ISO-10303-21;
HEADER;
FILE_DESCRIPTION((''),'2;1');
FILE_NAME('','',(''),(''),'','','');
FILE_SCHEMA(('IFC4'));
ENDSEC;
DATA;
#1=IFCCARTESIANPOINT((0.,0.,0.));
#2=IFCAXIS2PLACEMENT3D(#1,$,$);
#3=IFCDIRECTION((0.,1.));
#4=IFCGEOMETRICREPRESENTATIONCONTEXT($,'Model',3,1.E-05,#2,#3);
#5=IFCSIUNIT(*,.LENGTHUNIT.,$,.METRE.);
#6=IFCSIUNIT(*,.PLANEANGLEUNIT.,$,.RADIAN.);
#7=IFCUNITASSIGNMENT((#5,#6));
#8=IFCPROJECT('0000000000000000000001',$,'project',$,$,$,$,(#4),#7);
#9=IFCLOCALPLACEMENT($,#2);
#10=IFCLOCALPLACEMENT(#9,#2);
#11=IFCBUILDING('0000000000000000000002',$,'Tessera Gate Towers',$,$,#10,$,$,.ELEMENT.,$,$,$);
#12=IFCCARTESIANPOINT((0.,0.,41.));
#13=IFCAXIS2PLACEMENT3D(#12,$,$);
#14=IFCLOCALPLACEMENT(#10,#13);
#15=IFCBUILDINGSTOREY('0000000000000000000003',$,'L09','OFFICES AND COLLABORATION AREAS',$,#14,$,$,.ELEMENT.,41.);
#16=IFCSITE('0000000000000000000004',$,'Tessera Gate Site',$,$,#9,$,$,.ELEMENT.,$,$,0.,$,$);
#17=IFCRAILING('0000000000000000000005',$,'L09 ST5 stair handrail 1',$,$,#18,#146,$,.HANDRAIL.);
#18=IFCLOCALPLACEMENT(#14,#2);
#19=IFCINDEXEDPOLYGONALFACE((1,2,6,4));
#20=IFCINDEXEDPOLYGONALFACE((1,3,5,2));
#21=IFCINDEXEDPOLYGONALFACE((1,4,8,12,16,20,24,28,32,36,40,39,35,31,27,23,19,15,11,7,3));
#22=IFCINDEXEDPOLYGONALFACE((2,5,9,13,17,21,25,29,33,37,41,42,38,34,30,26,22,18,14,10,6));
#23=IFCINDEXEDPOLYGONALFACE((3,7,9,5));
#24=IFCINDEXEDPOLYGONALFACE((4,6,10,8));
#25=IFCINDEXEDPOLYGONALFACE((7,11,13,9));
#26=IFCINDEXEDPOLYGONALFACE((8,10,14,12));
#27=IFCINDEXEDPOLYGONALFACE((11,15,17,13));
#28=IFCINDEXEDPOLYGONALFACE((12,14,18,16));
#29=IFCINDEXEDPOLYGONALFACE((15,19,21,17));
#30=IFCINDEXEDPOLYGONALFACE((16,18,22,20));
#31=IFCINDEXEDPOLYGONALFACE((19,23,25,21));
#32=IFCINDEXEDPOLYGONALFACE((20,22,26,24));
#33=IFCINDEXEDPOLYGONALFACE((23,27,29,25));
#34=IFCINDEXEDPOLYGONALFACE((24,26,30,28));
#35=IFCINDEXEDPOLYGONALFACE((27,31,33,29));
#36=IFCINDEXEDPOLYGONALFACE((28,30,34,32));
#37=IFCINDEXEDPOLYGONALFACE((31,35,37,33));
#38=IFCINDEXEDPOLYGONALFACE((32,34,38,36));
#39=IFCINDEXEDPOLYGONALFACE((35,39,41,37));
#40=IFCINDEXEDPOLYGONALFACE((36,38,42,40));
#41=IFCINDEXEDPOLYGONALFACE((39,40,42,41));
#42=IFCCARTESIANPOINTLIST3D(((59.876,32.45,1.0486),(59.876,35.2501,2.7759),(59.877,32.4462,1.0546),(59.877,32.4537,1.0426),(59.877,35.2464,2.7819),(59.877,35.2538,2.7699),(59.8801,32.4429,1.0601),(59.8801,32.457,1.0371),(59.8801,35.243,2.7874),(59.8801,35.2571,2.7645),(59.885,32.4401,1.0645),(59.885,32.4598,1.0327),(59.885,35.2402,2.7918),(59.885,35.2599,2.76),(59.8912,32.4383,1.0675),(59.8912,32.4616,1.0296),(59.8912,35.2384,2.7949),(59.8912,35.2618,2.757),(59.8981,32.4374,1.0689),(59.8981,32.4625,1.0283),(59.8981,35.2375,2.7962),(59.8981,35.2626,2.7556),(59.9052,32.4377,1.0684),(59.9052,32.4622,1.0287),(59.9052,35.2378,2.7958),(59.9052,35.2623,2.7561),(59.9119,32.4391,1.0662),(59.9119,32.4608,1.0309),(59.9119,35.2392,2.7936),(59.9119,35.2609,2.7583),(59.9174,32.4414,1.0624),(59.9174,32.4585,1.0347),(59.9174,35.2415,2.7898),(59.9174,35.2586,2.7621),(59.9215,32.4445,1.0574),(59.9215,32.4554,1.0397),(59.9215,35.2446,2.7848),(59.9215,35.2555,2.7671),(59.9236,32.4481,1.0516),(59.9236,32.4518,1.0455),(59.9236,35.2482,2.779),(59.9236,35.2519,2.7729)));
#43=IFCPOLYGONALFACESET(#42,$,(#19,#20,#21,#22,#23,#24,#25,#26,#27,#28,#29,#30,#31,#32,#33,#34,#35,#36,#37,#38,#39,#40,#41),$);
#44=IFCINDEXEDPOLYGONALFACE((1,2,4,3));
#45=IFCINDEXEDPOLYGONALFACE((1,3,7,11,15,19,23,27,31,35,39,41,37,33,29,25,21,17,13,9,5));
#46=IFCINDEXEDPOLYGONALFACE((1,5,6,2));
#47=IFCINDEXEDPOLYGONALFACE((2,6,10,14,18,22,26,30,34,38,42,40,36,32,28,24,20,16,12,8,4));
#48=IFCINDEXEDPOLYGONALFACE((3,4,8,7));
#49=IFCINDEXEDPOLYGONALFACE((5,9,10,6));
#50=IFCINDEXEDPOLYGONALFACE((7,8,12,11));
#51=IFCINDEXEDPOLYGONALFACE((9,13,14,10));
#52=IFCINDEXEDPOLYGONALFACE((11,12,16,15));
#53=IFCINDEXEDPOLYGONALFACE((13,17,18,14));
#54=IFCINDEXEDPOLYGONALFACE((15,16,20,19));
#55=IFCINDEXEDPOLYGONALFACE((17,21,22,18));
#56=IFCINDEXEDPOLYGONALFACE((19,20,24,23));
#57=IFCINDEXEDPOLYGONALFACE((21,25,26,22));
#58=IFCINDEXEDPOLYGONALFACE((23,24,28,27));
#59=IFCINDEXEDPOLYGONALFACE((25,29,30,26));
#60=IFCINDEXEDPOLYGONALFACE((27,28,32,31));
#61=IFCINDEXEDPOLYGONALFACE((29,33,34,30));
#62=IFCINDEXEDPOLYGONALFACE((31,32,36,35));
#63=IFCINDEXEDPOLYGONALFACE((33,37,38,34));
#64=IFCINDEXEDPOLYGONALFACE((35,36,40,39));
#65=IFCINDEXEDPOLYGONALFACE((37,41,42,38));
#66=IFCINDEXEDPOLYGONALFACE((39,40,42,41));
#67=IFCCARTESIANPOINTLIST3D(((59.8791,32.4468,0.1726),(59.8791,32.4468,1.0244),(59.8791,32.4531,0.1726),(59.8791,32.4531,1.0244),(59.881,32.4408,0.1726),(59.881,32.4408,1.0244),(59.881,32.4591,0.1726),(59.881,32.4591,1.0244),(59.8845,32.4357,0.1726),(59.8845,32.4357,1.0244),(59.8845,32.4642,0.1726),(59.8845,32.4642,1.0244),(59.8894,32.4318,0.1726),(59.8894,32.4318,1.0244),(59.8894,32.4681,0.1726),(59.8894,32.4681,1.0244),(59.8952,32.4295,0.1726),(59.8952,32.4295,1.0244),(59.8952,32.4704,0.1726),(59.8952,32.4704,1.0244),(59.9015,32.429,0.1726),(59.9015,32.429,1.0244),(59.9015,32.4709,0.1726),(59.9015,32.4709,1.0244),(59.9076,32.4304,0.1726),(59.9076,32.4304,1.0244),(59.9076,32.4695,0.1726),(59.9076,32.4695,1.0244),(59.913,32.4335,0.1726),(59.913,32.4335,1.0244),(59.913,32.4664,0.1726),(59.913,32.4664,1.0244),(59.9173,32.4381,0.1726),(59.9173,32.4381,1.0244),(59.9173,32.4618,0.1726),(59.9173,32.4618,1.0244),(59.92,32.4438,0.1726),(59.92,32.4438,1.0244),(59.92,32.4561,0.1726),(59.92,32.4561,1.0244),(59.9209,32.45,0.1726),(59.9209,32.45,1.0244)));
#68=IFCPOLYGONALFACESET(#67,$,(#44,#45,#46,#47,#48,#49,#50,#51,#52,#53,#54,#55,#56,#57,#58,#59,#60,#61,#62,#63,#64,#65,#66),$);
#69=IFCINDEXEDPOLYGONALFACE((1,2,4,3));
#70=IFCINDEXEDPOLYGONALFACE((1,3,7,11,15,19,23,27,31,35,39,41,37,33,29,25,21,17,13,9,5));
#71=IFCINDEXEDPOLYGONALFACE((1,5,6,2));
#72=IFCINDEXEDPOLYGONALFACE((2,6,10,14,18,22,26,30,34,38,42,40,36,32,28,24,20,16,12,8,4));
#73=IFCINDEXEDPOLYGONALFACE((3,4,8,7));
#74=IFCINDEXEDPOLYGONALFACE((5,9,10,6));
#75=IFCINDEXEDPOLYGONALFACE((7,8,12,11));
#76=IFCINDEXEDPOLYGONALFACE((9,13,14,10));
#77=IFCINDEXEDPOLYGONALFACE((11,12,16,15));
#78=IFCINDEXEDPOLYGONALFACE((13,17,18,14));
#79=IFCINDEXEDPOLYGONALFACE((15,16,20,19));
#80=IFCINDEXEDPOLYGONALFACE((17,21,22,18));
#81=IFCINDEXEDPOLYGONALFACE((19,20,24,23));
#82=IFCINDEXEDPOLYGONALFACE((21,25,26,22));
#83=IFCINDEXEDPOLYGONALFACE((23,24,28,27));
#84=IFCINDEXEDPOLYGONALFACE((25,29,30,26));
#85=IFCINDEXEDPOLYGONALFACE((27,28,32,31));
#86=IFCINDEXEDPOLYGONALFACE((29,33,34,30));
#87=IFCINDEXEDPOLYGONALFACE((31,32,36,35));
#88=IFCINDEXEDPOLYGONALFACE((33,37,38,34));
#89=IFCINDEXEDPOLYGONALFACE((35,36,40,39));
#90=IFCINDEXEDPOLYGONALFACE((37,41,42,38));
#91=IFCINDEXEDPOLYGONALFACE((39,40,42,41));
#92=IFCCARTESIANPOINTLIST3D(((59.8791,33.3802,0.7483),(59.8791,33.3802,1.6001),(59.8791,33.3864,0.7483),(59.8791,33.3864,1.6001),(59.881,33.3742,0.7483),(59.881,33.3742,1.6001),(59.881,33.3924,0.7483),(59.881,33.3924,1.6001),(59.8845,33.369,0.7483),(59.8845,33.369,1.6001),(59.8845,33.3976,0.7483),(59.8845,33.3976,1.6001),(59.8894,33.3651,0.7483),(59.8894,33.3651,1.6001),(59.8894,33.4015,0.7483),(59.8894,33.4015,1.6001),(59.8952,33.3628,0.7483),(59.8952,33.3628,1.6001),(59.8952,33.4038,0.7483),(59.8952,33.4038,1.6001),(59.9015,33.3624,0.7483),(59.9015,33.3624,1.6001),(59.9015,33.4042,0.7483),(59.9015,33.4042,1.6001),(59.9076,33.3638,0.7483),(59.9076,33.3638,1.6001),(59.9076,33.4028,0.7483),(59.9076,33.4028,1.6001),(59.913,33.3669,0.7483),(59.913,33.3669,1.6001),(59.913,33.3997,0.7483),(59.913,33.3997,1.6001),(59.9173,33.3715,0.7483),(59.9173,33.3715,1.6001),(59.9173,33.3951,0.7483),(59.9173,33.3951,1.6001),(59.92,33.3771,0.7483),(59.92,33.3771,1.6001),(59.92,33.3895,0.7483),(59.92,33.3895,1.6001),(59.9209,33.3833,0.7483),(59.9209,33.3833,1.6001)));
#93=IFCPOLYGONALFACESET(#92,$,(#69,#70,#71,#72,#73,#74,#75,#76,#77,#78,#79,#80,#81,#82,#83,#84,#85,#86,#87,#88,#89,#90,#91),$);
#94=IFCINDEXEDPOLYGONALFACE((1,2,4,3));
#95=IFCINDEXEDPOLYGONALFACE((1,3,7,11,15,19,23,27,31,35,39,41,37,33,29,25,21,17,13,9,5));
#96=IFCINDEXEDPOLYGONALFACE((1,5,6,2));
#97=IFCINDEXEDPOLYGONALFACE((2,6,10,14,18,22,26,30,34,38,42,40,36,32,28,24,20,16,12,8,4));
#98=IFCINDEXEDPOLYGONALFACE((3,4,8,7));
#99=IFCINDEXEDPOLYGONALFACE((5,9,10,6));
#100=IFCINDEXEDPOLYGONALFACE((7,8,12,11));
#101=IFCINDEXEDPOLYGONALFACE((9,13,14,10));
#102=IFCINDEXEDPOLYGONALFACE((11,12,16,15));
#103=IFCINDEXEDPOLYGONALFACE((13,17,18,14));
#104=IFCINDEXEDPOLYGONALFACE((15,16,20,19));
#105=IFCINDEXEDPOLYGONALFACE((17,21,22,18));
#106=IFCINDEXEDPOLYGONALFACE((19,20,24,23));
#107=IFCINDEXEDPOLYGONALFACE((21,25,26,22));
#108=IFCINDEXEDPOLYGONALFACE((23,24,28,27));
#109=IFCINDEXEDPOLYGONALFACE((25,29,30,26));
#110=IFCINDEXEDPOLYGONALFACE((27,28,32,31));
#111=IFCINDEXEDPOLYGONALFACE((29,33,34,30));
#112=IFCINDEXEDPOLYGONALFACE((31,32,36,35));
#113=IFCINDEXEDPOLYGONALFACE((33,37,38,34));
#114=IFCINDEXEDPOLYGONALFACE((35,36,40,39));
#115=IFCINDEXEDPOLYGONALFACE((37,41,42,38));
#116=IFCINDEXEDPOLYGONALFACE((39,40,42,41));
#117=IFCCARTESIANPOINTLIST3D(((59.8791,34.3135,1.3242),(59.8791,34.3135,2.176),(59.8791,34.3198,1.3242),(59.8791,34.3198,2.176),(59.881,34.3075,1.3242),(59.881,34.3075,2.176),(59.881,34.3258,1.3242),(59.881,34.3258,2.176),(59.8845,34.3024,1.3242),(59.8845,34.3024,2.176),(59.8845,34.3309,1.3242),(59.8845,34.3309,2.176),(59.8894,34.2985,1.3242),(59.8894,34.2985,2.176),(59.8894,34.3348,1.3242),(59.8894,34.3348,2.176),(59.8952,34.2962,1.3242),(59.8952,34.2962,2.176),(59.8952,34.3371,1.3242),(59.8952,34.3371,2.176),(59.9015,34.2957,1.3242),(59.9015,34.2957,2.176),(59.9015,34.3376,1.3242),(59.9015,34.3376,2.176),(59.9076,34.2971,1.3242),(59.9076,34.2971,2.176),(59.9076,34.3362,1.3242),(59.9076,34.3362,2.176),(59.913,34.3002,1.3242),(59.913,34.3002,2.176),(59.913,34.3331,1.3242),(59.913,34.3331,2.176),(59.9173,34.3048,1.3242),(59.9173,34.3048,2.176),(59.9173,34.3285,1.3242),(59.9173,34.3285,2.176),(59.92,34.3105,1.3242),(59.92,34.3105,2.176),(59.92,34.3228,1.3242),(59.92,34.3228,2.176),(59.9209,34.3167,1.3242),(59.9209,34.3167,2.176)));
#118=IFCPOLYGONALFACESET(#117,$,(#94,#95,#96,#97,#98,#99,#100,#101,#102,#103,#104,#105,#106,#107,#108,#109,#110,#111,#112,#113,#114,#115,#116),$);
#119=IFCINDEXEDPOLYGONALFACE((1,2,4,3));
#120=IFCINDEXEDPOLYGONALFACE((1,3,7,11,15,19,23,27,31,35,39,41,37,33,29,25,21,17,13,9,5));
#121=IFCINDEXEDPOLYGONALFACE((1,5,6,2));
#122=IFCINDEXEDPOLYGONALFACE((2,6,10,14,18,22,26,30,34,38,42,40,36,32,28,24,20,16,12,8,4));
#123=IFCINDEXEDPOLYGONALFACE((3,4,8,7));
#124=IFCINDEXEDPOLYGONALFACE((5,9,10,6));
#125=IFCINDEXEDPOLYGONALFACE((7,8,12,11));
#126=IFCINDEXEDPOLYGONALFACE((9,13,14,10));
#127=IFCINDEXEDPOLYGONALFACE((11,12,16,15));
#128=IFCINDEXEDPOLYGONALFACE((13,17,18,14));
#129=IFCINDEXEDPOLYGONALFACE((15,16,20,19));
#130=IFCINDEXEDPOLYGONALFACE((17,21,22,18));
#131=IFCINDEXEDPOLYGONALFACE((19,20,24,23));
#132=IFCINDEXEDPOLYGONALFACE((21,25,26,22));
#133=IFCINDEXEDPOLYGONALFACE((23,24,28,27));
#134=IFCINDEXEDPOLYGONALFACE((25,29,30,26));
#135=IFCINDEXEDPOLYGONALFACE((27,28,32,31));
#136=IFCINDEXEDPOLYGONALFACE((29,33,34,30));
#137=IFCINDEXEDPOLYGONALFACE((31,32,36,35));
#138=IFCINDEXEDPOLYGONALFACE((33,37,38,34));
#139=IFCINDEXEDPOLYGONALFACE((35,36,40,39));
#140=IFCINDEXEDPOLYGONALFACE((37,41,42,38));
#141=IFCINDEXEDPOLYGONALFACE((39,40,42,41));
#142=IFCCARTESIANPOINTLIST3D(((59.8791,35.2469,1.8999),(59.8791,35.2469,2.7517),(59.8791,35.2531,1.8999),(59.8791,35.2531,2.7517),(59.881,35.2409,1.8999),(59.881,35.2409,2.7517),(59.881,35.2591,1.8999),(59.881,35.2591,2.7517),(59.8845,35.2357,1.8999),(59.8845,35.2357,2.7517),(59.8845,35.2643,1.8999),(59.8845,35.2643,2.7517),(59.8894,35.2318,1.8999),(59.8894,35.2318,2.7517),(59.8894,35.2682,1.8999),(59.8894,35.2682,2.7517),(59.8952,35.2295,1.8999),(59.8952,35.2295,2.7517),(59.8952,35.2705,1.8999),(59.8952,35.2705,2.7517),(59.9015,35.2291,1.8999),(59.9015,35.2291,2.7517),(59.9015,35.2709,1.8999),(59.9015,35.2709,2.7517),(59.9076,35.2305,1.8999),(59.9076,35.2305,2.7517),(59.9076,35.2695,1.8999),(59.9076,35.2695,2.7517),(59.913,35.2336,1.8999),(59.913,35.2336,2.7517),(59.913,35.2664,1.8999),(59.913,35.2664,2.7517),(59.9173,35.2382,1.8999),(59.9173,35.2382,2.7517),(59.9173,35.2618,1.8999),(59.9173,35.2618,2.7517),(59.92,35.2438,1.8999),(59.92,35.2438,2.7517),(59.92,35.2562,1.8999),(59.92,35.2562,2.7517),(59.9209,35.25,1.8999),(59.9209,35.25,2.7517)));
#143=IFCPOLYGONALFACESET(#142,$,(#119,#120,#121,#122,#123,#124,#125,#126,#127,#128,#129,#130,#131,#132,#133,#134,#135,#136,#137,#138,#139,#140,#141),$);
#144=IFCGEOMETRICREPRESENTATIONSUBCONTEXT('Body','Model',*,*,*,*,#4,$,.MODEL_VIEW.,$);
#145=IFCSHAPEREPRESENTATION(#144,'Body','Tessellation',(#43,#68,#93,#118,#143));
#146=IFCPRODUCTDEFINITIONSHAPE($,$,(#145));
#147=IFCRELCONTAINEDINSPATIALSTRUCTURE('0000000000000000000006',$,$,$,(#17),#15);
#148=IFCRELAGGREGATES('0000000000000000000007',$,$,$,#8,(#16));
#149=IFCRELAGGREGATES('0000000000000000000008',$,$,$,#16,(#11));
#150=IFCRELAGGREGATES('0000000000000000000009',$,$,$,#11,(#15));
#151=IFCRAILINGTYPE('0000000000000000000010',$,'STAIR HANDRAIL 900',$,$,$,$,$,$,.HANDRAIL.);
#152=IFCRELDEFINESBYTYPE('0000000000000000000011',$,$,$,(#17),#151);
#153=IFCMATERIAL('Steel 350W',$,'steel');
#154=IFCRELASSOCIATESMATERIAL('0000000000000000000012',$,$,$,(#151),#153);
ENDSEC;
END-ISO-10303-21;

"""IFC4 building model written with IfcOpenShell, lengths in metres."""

from ifc_helpers import new_model, si_unit, direction, frame, origin, origin_2d, place, context, subcontext, project, spatial, circle, extrude, material, type_object, element, save


model = new_model("IFC4")

# Units and contexts
model_context = context("Model", 3, precision=1e-05, world=origin(), true_north=direction((0.0, 1.0)))
body_context = subcontext(model_context, "Body", "Model", "MODEL_VIEW")
ifc_project = project(units=[si_unit("LENGTHUNIT", "METRE"), si_unit("PLANEANGLEUNIT", "RADIAN")], contexts=[model_context])

# Site, building, storey
site_placement = place(None, origin())
site = spatial("IfcSite", under=ifc_project, at=site_placement, Name="Tessera Gate Site", CompositionType="ELEMENT", RefElevation=0.0)
building_placement = place(site_placement, origin())
building = spatial("IfcBuilding", under=site, at=building_placement, Name="Tessera Gate Towers", CompositionType="ELEMENT")
storey_placement = place(building_placement, frame((0.0, 0.0, 41.0)))
storey = spatial("IfcBuildingStorey", under=building, at=storey_placement, Name="L09", Description="OFFICES AND COLLABORATION AREAS", CompositionType="ELEMENT", Elevation=41.0)

# Railing
ifc_material_1 = material(Name="Steel 350W", Category="steel")
railing_type = type_object("IfcRailingType", Name="STAIR HANDRAIL 900", PredefinedType="HANDRAIL", material=ifc_material_1)
railing_placement = place(storey_placement, frame((59.8999, 32.45, 0.1726)))
element("IfcRailing", 1, at=railing_placement, inside=storey, type_object=railing_type, Name="L09 ST5 stair handrail 1", PredefinedType="HANDRAIL", context=body_context, shape_type="SweptSolid", body=[
    extrude(circle(Radius=0.0239, at=origin_2d()), frame((0.0, 0.0, 0.876), z_axis=(0.0, 0.85109, 0.52502), x_axis=(-1.0, 0.0, 0.0)), (0.0, 0.0, 1.0), 3.29),
    extrude(circle(Radius=0.021, at=origin_2d()), origin(), (0.0, 0.0, 1.0), 0.8518),
    extrude(circle(Radius=0.021, at=origin_2d()), frame((0.0, 0.9333, 0.5757)), (0.0, 0.0, 1.0), 0.8518),
    extrude(circle(Radius=0.021, at=origin_2d()), frame((0.0, 1.8667, 1.1516)), (0.0, 0.0, 1.0), 0.8518),
    extrude(circle(Radius=0.021, at=origin_2d()), frame((0.0, 2.8, 1.7273)), (0.0, 0.0, 1.0), 0.8518),
])

save(model, "model.ifc")
